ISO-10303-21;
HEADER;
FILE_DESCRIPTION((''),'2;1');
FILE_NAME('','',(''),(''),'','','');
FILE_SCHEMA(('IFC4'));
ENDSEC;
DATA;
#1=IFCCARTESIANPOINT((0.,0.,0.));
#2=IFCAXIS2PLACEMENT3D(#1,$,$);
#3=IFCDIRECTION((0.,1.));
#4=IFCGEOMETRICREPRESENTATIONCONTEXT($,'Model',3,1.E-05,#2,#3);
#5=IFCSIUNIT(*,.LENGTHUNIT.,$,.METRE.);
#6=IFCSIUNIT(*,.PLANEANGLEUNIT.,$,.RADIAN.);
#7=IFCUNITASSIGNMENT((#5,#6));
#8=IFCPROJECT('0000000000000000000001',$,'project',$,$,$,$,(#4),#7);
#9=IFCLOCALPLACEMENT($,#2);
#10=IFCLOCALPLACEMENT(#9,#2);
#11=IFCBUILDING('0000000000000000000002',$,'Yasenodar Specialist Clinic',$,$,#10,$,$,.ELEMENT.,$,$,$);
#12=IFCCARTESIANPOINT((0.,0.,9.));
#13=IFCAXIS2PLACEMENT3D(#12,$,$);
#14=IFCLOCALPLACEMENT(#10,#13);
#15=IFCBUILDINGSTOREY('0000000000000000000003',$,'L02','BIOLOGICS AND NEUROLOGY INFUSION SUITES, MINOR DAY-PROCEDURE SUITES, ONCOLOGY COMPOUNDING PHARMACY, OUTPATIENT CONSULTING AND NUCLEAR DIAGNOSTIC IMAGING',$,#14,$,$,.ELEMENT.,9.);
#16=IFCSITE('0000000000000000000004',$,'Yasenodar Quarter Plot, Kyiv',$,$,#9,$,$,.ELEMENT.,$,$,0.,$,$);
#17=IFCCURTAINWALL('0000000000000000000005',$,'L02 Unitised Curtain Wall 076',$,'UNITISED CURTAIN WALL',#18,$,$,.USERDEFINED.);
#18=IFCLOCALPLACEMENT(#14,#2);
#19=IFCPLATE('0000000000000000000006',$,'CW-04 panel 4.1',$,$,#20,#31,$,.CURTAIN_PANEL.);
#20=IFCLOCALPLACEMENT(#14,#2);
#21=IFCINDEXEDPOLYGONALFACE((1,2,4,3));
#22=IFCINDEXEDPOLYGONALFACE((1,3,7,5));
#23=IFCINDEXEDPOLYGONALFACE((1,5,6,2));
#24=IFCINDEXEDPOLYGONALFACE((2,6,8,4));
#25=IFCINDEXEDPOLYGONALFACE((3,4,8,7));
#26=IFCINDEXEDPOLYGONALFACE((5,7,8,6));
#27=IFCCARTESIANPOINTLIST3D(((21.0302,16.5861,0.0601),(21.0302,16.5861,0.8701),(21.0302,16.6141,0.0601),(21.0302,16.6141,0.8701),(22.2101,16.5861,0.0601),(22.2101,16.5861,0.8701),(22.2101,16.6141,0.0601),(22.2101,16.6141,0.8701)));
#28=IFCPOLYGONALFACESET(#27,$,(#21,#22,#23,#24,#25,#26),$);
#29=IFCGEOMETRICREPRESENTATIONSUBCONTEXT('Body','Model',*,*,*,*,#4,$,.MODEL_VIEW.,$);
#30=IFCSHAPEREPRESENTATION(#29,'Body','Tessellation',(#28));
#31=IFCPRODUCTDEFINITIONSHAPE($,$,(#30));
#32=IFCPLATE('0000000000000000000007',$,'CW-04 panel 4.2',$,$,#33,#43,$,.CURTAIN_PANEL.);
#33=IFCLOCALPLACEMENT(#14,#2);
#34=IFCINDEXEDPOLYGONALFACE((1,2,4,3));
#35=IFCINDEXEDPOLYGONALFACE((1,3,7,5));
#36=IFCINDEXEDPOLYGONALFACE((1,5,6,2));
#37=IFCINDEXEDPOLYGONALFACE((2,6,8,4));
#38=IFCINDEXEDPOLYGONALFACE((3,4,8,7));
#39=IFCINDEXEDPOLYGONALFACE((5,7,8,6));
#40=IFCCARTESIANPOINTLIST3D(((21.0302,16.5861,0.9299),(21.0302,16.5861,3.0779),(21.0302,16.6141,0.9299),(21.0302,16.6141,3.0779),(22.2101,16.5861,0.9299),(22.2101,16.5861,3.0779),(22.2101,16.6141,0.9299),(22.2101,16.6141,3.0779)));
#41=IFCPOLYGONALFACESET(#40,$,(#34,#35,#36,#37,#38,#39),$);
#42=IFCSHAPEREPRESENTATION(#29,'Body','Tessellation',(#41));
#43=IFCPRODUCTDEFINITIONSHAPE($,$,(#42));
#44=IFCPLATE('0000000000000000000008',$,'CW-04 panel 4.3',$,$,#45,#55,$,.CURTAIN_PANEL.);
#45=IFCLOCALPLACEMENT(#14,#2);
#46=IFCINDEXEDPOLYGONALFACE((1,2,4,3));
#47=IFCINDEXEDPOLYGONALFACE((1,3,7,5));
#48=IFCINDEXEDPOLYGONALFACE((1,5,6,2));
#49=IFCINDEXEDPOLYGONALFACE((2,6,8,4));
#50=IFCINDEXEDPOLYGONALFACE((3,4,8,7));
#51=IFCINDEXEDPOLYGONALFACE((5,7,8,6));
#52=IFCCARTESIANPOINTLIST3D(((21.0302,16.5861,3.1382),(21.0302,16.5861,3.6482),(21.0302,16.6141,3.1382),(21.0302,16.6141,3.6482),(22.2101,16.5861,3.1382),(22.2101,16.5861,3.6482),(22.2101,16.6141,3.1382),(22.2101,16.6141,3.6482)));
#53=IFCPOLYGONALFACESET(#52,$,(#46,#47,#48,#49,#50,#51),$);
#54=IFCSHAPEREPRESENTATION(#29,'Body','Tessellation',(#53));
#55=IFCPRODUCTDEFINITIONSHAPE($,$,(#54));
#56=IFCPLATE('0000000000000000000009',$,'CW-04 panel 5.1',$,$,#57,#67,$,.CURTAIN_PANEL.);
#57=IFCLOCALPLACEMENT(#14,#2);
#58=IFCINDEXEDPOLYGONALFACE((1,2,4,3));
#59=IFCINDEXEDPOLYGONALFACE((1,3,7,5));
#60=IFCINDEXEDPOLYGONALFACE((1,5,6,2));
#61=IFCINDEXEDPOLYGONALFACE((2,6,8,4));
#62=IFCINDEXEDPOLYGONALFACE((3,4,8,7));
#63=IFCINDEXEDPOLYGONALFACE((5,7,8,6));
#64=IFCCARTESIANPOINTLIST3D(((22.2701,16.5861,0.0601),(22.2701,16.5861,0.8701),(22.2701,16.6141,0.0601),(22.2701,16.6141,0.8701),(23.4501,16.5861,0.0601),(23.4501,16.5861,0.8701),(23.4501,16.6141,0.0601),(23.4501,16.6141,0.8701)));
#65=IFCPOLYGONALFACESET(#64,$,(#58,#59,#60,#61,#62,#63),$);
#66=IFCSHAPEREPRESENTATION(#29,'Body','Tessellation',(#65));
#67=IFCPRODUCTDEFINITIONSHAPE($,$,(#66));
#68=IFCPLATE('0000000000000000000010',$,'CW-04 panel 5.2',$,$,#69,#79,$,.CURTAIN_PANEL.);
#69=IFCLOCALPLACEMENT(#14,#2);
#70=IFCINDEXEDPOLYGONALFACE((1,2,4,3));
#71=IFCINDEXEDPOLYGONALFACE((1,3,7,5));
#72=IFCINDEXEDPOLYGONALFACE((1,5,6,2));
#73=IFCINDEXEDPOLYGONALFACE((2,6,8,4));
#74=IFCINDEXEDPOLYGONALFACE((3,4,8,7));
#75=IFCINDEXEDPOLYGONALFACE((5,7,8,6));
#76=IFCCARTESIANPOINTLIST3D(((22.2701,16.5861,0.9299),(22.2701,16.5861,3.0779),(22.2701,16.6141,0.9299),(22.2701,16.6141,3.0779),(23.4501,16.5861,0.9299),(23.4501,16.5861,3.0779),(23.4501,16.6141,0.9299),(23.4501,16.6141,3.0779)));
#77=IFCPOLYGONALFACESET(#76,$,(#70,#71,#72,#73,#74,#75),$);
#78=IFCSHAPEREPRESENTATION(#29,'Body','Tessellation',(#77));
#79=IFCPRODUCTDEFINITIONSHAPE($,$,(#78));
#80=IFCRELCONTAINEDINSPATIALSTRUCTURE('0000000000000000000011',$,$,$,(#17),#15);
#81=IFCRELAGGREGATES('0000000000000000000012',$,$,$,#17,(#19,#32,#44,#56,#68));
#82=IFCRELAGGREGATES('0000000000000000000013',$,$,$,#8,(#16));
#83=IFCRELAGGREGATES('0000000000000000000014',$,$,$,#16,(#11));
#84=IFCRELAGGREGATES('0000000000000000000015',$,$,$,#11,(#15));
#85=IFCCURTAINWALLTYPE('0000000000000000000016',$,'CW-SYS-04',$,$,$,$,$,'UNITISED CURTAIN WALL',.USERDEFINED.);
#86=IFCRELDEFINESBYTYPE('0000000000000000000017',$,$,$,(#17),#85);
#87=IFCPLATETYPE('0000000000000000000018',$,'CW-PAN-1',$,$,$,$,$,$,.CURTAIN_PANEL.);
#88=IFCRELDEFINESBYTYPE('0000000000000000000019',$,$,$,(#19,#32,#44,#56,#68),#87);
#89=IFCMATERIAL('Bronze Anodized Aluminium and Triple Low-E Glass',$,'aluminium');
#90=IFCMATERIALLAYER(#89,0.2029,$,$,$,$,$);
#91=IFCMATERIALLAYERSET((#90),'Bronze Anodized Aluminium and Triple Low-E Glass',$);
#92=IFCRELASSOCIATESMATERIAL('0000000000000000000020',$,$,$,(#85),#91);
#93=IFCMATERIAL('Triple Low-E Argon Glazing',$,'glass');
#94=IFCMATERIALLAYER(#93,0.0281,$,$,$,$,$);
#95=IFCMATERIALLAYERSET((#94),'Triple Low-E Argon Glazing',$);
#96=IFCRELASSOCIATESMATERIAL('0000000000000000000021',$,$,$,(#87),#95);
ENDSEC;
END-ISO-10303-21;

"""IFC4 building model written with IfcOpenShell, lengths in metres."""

from ifc_helpers import new_model, si_unit, direction, frame, origin, origin_2d, place, context, subcontext, project, spatial, rectangle, extrude, material, layer, layer_set, type_object, element, aggregate, save


model = new_model("IFC4")

# Units and contexts
model_context = context("Model", 3, precision=1e-05, world=origin(), true_north=direction((0.0, 1.0)))
body_context = subcontext(model_context, "Body", "Model", "MODEL_VIEW")
ifc_project = project(units=[si_unit("LENGTHUNIT", "METRE"), si_unit("PLANEANGLEUNIT", "RADIAN")], contexts=[model_context])

# Site, building, storey
site_placement = place(None, origin())
site = spatial("IfcSite", under=ifc_project, at=site_placement, Name="Yasenodar Quarter Plot, Kyiv", CompositionType="ELEMENT", RefElevation=0.0)
building_placement = place(site_placement, origin())
building = spatial("IfcBuilding", under=site, at=building_placement, Name="Yasenodar Specialist Clinic", CompositionType="ELEMENT")
storey_placement = place(building_placement, frame((0.0, 0.0, 9.0)))
storey = spatial("IfcBuildingStorey", under=building, at=storey_placement, Name="L02", Description="BIOLOGICS AND NEUROLOGY INFUSION SUITES, MINOR DAY-PROCEDURE SUITES, ONCOLOGY COMPOUNDING PHARMACY, OUTPATIENT CONSULTING AND NUCLEAR DIAGNOSTIC IMAGING", CompositionType="ELEMENT", Elevation=9.0)

# Curtain wall, plates
ifc_material_1 = material(Name="Bronze Anodized Aluminium and Triple Low-E Glass", Category="aluminium")
ifc_layer_1 = layer(ifc_material_1, 0.2029)
ifc_layer_set_1 = layer_set([ifc_layer_1], Name="Bronze Anodized Aluminium and Triple Low-E Glass")
curtain_wall_type = type_object("IfcCurtainWallType", Name="CW-SYS-04", ElementType="UNITISED CURTAIN WALL", PredefinedType="USERDEFINED", material=ifc_layer_set_1)
curtain_wall_placement = place(storey_placement, origin())
curtain_wall = element("IfcCurtainWall", 1, at=curtain_wall_placement, inside=storey, type_object=curtain_wall_type, Name="L02 Unitised Curtain Wall 076", ObjectType="UNITISED CURTAIN WALL", PredefinedType="USERDEFINED")
ifc_material_2 = material(Name="Triple Low-E Argon Glazing", Category="glass")
ifc_layer_2 = layer(ifc_material_2, 0.0281)
ifc_layer_set_2 = layer_set([ifc_layer_2], Name="Triple Low-E Argon Glazing")
plate_type = type_object("IfcPlateType", Name="CW-PAN-1", PredefinedType="CURTAIN_PANEL", material=ifc_layer_set_2)
plate_1_placement = place(storey_placement, frame((21.6201, 16.6001, 0.0601), z_axis=(0.0, 0.0, 1.0), x_axis=(1.0, 0.0, 0.0)))
plate_1 = element("IfcPlate", 2, at=plate_1_placement, type_object=plate_type, Name="CW-04 panel 4.1", PredefinedType="CURTAIN_PANEL", context=body_context, shape_type="SweptSolid", body=[
    extrude(rectangle(XDim=1.1799, YDim=0.0281, at=origin_2d()), origin(), (0.0, 0.0, 1.0), 0.8101),
])
plate_2_placement = place(storey_placement, frame((21.6201, 16.6001, 0.9299), z_axis=(0.0, 0.0, 1.0), x_axis=(1.0, 0.0, 0.0)))
plate_2 = element("IfcPlate", 3, at=plate_2_placement, type_object=plate_type, Name="CW-04 panel 4.2", PredefinedType="CURTAIN_PANEL", context=body_context, shape_type="SweptSolid", body=[
    extrude(rectangle(XDim=1.1799, YDim=0.0281, at=origin_2d()), origin(), (0.0, 0.0, 1.0), 2.1479),
])
plate_3_placement = place(storey_placement, frame((21.6201, 16.6001, 3.1382), z_axis=(0.0, 0.0, 1.0), x_axis=(1.0, 0.0, 0.0)))
plate_3 = element("IfcPlate", 4, at=plate_3_placement, type_object=plate_type, Name="CW-04 panel 4.3", PredefinedType="CURTAIN_PANEL", context=body_context, shape_type="SweptSolid", body=[
    extrude(rectangle(XDim=1.1799, YDim=0.0281, at=origin_2d()), origin(), (0.0, 0.0, 1.0), 0.51),
])
plate_4_placement = place(storey_placement, frame((22.8601, 16.6001, 0.0601), z_axis=(0.0, 0.0, 1.0), x_axis=(1.0, 0.0, 0.0)))
plate_4 = element("IfcPlate", 5, at=plate_4_placement, type_object=plate_type, Name="CW-04 panel 5.1", PredefinedType="CURTAIN_PANEL", context=body_context, shape_type="SweptSolid", body=[
    extrude(rectangle(XDim=1.1799, YDim=0.0281, at=origin_2d()), origin(), (0.0, 0.0, 1.0), 0.8101),
])
plate_5_placement = place(storey_placement, frame((22.8601, 16.6001, 0.9299), z_axis=(0.0, 0.0, 1.0), x_axis=(1.0, 0.0, 0.0)))
plate_5 = element("IfcPlate", 6, at=plate_5_placement, type_object=plate_type, Name="CW-04 panel 5.2", PredefinedType="CURTAIN_PANEL", context=body_context, shape_type="SweptSolid", body=[
    extrude(rectangle(XDim=1.1799, YDim=0.0281, at=origin_2d()), origin(), (0.0, 0.0, 1.0), 2.1479),
])
aggregate(curtain_wall, [plate_1, plate_2, plate_3, plate_4, plate_5])

save(model, "model.ifc")
